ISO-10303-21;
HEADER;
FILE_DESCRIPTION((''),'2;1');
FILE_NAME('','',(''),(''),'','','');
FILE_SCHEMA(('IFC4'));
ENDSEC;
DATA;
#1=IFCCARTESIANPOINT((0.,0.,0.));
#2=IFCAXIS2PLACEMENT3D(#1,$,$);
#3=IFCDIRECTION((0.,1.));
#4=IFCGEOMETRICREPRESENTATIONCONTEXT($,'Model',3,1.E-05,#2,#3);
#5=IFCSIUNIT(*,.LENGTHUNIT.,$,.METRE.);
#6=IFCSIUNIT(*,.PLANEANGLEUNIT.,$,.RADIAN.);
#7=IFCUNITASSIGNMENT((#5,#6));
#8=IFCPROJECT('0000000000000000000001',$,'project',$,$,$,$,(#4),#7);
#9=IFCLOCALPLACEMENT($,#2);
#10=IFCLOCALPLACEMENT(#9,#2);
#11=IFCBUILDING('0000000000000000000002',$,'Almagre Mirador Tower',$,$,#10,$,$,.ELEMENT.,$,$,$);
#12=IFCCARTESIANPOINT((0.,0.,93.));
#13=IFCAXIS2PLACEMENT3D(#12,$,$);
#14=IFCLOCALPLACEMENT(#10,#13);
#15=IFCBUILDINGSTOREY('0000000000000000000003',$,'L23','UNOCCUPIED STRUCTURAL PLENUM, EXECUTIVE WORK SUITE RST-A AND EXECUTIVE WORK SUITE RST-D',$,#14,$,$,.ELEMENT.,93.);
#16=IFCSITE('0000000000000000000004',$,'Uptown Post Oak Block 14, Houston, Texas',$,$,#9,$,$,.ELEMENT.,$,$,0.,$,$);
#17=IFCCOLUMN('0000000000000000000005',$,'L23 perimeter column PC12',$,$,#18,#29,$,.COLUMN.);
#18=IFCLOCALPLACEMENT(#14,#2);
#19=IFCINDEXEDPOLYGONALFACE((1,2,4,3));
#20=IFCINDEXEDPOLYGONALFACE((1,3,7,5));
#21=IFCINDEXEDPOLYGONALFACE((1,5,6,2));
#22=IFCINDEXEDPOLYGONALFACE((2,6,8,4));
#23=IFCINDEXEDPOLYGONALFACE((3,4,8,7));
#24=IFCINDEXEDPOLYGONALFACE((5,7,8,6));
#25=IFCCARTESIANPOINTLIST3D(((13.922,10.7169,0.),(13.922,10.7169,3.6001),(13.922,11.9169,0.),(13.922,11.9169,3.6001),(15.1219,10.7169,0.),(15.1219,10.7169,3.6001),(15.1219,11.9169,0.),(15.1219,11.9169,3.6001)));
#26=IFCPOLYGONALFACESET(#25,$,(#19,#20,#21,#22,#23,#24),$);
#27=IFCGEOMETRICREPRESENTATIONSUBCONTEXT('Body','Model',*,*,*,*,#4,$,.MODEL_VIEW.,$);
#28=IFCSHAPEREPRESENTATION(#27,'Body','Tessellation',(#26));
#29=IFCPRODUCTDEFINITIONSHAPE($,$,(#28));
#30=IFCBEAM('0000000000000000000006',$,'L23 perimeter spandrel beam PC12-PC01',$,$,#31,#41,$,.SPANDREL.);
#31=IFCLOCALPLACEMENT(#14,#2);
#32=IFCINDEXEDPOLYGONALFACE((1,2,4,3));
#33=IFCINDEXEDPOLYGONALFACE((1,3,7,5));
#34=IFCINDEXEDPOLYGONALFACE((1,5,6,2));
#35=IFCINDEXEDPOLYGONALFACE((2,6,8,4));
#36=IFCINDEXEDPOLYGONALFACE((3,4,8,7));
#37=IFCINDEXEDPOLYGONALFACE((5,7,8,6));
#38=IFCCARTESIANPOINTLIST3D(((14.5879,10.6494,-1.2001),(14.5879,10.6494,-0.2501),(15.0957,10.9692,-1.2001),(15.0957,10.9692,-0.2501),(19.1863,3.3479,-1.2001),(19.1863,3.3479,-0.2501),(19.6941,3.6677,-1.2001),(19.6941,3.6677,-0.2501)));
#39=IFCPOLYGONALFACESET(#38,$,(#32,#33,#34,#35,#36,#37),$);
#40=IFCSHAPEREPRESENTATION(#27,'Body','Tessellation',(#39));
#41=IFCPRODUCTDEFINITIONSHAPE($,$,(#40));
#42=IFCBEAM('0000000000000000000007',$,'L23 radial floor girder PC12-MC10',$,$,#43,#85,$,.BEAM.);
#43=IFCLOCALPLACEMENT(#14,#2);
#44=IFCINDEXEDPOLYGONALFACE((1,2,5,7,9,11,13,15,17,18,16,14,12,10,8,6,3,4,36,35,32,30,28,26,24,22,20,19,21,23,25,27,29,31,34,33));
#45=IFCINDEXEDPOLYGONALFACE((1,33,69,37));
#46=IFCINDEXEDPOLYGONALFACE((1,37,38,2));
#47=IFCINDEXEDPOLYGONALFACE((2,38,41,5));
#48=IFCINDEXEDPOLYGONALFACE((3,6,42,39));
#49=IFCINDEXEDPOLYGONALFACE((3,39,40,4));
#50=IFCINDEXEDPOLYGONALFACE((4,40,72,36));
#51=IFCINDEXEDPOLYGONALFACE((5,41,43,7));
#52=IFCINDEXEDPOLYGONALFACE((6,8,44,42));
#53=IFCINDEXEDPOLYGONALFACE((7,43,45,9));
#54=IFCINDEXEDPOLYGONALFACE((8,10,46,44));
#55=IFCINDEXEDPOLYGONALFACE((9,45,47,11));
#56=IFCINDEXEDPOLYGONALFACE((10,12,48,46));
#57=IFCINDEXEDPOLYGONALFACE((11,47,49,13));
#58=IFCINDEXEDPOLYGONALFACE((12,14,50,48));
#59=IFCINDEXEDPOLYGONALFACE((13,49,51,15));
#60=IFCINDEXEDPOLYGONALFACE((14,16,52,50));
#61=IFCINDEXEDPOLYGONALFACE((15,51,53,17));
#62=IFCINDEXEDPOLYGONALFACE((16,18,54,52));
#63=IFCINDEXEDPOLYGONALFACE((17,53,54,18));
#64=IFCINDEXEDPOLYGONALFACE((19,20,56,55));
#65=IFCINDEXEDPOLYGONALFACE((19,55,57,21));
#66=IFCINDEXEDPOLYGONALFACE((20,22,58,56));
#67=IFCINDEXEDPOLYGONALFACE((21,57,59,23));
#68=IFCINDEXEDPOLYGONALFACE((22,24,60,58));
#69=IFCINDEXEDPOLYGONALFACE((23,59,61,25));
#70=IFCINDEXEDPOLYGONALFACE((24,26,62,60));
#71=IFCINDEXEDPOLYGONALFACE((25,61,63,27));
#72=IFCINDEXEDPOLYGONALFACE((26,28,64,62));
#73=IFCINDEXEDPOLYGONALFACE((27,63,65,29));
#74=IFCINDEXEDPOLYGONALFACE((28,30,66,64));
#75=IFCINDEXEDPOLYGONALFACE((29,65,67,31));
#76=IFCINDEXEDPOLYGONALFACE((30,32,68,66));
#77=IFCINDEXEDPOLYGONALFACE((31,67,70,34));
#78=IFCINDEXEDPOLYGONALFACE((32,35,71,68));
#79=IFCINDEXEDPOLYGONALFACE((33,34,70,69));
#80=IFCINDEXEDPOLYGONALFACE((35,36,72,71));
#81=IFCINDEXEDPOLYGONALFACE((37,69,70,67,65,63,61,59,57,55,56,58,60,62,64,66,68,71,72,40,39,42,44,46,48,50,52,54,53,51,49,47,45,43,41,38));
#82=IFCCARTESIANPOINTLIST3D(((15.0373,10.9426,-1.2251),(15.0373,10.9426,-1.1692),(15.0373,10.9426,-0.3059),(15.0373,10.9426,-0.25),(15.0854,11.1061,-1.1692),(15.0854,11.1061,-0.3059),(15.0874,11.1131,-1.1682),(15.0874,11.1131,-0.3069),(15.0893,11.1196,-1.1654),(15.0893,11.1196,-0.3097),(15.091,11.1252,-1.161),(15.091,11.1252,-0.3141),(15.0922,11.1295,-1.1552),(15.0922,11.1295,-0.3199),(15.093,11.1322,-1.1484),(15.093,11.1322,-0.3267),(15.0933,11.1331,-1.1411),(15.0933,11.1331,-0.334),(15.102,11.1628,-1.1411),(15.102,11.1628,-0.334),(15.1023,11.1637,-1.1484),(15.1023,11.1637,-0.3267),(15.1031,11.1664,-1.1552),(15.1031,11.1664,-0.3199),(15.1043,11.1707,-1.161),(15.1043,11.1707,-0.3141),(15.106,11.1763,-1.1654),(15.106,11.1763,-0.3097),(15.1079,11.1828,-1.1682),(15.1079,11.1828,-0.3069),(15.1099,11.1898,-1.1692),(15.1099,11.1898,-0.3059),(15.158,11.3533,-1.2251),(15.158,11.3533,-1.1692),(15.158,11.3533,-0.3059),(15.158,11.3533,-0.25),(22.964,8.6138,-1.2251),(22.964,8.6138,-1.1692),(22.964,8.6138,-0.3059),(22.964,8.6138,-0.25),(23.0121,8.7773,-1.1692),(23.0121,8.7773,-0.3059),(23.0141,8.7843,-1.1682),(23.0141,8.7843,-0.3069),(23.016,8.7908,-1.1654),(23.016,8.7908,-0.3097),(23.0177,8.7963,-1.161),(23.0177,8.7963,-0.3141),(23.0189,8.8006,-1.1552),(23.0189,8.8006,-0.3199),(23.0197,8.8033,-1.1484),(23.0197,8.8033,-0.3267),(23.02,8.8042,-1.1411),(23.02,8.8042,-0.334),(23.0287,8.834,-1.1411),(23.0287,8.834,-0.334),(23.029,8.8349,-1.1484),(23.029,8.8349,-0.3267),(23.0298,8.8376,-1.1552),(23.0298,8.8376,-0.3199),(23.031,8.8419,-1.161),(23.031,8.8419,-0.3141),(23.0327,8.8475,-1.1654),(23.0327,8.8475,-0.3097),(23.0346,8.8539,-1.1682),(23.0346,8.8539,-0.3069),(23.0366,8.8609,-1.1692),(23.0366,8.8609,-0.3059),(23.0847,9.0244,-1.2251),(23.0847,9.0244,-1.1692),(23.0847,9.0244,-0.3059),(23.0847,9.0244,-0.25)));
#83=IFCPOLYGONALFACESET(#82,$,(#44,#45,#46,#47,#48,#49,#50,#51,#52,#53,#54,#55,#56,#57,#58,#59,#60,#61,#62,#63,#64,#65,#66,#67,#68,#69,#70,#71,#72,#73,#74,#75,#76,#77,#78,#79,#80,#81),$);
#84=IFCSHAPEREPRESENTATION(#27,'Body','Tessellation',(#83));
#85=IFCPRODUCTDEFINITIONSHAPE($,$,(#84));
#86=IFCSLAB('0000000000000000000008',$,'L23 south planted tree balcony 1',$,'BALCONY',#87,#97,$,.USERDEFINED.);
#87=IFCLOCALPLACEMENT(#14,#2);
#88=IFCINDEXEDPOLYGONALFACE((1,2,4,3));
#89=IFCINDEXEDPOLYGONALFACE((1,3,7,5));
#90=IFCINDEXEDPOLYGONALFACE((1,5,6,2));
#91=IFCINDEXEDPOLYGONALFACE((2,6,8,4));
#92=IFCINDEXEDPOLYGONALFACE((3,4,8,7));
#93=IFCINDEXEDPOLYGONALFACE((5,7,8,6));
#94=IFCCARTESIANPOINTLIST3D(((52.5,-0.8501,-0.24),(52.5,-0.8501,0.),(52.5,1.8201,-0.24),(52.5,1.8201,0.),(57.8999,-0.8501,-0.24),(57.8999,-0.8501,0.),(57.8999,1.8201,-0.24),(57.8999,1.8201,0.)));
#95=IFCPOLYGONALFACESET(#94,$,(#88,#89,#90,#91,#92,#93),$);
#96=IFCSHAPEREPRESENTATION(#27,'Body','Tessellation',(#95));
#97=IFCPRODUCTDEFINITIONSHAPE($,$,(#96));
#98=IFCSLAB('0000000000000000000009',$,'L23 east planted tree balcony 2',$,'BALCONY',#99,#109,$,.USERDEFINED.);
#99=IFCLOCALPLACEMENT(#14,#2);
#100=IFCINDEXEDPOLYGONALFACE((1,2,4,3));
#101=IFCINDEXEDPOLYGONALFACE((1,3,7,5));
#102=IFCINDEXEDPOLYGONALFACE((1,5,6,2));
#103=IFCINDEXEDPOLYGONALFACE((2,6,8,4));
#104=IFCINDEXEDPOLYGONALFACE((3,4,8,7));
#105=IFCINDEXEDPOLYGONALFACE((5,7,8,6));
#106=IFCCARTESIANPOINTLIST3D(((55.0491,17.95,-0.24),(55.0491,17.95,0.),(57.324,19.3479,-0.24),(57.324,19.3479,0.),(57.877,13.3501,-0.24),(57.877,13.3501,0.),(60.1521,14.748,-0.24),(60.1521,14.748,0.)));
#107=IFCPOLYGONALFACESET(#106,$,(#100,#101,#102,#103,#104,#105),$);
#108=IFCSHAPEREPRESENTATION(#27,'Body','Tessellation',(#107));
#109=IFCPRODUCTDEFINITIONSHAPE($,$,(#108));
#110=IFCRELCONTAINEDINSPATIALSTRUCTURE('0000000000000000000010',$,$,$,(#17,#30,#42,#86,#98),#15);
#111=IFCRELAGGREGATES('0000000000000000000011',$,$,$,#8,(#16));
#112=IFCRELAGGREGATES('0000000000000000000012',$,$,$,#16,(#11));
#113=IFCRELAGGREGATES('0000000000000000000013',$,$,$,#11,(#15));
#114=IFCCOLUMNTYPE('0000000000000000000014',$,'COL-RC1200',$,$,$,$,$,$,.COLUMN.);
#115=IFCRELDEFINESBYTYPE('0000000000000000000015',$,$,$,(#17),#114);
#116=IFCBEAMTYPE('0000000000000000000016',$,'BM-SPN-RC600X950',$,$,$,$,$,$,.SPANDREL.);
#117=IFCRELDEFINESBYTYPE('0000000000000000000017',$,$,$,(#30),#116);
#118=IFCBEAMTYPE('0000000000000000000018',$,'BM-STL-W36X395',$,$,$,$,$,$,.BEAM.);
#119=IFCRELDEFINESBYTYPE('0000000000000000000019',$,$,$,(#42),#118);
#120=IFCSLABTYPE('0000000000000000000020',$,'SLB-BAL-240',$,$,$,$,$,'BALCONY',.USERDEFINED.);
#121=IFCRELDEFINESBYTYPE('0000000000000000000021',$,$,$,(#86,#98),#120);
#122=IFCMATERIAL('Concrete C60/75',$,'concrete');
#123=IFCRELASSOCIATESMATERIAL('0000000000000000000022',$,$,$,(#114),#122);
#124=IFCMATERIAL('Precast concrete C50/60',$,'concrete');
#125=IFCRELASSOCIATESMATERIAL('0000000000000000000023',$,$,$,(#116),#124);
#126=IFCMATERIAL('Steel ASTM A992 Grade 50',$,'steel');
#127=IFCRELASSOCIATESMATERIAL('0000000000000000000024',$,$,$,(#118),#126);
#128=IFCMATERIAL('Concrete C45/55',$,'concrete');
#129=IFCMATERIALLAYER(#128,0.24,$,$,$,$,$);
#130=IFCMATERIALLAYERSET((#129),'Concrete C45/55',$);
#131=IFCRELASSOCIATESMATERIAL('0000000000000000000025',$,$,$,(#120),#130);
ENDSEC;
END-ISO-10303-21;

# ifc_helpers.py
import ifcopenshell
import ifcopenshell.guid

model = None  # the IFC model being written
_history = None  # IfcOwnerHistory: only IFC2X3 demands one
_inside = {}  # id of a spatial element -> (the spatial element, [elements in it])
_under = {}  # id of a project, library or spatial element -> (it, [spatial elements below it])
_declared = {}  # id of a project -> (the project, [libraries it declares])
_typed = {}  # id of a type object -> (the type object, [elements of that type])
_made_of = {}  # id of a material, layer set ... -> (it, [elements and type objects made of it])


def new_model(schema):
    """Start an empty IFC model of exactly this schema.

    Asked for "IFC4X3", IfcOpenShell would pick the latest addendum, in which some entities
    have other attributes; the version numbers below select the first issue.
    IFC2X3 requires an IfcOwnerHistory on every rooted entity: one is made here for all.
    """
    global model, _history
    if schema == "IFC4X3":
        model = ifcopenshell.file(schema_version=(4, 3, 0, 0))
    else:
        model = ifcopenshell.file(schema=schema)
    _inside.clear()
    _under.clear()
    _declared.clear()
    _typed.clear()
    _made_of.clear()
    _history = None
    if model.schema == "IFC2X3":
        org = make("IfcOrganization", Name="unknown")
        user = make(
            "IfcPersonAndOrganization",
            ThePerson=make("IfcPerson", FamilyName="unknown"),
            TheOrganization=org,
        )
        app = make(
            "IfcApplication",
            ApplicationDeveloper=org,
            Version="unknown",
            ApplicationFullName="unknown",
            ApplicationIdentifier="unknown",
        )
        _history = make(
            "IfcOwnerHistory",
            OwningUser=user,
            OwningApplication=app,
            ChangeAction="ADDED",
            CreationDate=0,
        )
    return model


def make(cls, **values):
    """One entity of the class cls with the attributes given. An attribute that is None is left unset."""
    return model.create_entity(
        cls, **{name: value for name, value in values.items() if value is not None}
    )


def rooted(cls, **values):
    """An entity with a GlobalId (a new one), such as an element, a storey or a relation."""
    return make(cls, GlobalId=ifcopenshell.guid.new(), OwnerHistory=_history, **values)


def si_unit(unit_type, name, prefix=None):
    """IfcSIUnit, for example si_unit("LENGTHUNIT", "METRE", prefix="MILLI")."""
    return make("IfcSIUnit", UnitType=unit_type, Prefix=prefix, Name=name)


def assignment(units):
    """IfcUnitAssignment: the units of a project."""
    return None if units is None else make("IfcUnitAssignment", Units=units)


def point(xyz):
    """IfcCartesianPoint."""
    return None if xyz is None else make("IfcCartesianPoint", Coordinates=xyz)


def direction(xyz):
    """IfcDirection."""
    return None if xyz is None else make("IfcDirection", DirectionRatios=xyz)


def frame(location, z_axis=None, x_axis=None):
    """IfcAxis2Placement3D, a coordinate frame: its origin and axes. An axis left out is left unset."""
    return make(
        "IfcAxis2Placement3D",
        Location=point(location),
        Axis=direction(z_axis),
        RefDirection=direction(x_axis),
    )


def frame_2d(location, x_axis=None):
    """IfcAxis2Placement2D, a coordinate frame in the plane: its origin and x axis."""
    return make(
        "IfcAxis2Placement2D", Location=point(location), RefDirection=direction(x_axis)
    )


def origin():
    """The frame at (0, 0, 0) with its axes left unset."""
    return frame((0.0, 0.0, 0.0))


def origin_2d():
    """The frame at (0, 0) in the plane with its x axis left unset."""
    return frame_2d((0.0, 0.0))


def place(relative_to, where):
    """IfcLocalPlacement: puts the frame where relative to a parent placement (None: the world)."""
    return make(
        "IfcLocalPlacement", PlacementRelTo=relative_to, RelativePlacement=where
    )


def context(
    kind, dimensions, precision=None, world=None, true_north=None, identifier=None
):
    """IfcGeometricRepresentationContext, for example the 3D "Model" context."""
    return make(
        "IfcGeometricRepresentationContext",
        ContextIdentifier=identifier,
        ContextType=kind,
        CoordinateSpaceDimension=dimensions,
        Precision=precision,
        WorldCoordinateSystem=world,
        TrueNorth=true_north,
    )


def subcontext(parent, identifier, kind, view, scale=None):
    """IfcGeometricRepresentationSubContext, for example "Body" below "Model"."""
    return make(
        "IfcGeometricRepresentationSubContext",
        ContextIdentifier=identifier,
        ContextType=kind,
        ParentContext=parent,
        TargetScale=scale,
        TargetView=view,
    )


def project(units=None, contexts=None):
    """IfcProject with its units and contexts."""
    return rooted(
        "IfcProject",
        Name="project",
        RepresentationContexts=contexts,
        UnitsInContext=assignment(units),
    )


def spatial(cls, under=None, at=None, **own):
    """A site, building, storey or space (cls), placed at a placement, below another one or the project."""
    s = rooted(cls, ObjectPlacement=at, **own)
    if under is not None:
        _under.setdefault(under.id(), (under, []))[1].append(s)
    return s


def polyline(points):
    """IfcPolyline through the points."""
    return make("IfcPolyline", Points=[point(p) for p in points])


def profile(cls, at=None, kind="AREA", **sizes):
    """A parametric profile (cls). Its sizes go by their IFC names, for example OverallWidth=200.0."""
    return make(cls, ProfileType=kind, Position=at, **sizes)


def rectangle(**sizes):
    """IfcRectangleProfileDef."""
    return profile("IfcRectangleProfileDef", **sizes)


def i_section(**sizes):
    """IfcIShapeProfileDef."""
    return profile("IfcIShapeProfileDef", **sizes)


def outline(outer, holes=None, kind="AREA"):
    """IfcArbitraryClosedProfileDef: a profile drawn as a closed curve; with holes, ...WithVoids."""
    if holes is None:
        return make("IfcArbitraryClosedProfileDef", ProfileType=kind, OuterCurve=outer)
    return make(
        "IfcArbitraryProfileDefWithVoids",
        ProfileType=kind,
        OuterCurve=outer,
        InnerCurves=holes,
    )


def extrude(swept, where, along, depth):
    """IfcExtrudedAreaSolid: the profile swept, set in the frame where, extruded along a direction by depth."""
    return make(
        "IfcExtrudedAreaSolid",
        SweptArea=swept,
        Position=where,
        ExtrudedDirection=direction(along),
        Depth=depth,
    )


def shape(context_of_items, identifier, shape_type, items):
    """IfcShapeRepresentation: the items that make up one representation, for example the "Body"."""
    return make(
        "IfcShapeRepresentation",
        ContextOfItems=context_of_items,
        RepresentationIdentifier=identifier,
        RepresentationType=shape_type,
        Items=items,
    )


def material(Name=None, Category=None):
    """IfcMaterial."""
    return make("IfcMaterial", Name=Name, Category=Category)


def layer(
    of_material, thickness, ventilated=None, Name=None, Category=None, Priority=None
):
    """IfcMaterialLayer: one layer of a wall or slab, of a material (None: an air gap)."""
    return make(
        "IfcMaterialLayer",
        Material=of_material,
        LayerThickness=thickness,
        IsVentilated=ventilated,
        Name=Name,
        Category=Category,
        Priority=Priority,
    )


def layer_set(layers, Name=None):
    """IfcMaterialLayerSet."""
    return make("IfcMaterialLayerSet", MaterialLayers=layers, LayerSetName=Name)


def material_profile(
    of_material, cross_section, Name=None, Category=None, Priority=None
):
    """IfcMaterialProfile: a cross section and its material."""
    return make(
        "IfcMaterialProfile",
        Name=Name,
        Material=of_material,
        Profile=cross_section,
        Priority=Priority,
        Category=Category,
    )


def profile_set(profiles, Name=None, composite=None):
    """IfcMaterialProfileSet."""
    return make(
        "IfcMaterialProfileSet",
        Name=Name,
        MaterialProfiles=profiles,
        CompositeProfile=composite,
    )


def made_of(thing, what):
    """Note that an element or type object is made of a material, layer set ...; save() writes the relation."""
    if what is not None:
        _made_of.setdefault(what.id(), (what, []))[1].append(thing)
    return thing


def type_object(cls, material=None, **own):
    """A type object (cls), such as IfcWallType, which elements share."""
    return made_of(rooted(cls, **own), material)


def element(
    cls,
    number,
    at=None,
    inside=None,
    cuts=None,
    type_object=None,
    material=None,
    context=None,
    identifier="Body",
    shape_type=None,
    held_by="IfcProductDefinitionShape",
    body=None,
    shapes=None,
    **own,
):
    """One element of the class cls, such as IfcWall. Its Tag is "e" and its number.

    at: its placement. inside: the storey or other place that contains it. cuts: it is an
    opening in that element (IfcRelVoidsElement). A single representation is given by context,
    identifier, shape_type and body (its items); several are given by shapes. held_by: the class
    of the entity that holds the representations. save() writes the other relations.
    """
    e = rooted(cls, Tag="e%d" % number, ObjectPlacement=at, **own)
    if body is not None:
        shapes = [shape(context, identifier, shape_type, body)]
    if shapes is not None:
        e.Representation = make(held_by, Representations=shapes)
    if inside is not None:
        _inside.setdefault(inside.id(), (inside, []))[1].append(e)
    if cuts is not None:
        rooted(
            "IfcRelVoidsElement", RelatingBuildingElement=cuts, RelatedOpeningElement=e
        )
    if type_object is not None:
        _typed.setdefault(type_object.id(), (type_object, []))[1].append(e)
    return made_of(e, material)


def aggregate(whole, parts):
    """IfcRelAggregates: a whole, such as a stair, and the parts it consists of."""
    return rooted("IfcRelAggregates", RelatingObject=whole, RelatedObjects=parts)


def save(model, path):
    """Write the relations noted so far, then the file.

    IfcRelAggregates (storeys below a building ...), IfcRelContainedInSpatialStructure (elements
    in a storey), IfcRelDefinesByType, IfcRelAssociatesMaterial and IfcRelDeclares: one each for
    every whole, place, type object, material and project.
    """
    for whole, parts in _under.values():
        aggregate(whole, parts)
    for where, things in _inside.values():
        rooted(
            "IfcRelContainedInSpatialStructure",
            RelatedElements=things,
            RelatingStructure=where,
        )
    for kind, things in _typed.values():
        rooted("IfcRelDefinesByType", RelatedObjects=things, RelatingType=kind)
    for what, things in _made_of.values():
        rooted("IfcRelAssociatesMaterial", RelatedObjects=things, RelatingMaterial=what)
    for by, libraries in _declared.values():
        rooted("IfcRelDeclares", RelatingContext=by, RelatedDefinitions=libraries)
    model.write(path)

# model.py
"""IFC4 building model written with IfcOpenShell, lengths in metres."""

from ifc_helpers import new_model, si_unit, direction, frame, origin, origin_2d, place, context, subcontext, project, spatial, polyline, rectangle, i_section, outline, extrude, material, layer, layer_set, material_profile, profile_set, type_object, element, save


model = new_model("IFC4")

# Units and contexts
model_context = context("Model", 3, precision=1e-05, world=origin(), true_north=direction((0.0, 1.0)))
body_context = subcontext(model_context, "Body", "Model", "MODEL_VIEW")
ifc_project = project(units=[si_unit("LENGTHUNIT", "METRE"), si_unit("PLANEANGLEUNIT", "RADIAN")], contexts=[model_context])

# Site, building, storey
site_placement = place(None, origin())
site = spatial("IfcSite", under=ifc_project, at=site_placement, Name="Uptown Post Oak Block 14, Houston, Texas", CompositionType="ELEMENT", RefElevation=0.0)
building_placement = place(site_placement, origin())
building = spatial("IfcBuilding", under=site, at=building_placement, Name="Almagre Mirador Tower", CompositionType="ELEMENT")
storey_placement = place(building_placement, frame((0.0, 0.0, 93.0)))
storey = spatial("IfcBuildingStorey", under=building, at=storey_placement, Name="L23", Description="UNOCCUPIED STRUCTURAL PLENUM, EXECUTIVE WORK SUITE RST-A AND EXECUTIVE WORK SUITE RST-D", CompositionType="ELEMENT", Elevation=93.0)

# Column
ifc_material_1 = material(Name="Concrete C60/75", Category="concrete")
ifc_material_profile_1 = material_profile(ifc_material_1, rectangle(XDim=1.2, YDim=1.2, at=origin_2d()), Name="RC1200X1200")
ifc_profile_set_1 = profile_set([ifc_material_profile_1], Name="Concrete C60/75")
column_type = type_object("IfcColumnType", Name="COL-RC1200", PredefinedType="COLUMN", material=ifc_profile_set_1)
column_placement = place(storey_placement, frame((14.522, 11.3169, 0.0), z_axis=(0.0, 0.0, 1.0), x_axis=(1.0, 0.0, 0.0)))
element("IfcColumn", 1, at=column_placement, inside=storey, type_object=column_type, Name="L23 perimeter column PC12", PredefinedType="COLUMN", context=body_context, shape_type="SweptSolid", body=[
    extrude(rectangle(XDim=1.2, YDim=1.2, at=origin_2d()), origin(), (0.0, 0.0, 1.0), 3.6001),
])

# Beams
ifc_material_2 = material(Name="Precast concrete C50/60", Category="concrete")
ifc_material_profile_2 = material_profile(ifc_material_2, rectangle(XDim=0.6001, YDim=0.95, at=origin_2d()), Name="RC600X950")
ifc_profile_set_2 = profile_set([ifc_material_profile_2], Name="Precast concrete C50/60")
beam_type_1 = type_object("IfcBeamType", Name="BM-SPN-RC600X950", PredefinedType="SPANDREL", material=ifc_profile_set_2)
beam_1_placement = place(storey_placement, frame((14.8418, 10.8093, -0.7251), z_axis=(0.532908, -0.846173, 0.0), x_axis=(0.846173, 0.532908, 0.0)))
element("IfcBeam", 2, at=beam_1_placement, inside=storey, type_object=beam_type_1, Name="L23 perimeter spandrel beam PC12-PC01", PredefinedType="SPANDREL", context=body_context, shape_type="SweptSolid", body=[
    extrude(rectangle(XDim=0.6001, YDim=0.95, at=origin_2d()), origin(), (0.0, 0.0, 1.0), 8.6289),
])
ifc_material_3 = material(Name="Steel ASTM A992 Grade 50", Category="steel")
ifc_material_profile_3 = material_profile(ifc_material_3, i_section(OverallWidth=0.428, OverallDepth=0.9751, WebThickness=0.031, FlangeThickness=0.0559, FilletRadius=0.0281, at=origin_2d()), Name="W36X395")
ifc_profile_set_3 = profile_set([ifc_material_profile_3], Name="Steel ASTM A992 Grade 50")
beam_type_2 = type_object("IfcBeamType", Name="BM-STL-W36X395", PredefinedType="BEAM", material=ifc_profile_set_3)
beam_2_placement = place(storey_placement, frame((15.0977, 11.1479, -0.7375), z_axis=(0.959449, -0.281883, 0.0), x_axis=(0.281883, 0.959449, 0.0)))
element("IfcBeam", 3, at=beam_2_placement, inside=storey, type_object=beam_type_2, Name="L23 radial floor girder PC12-MC10", PredefinedType="BEAM", context=body_context, shape_type="SweptSolid", body=[
    extrude(i_section(OverallWidth=0.428, OverallDepth=0.9751, WebThickness=0.031, FlangeThickness=0.0559, FilletRadius=0.0281, at=origin_2d()), origin(), (0.0, 0.0, 1.0), 8.2617),
])

# Slabs
ifc_material_4 = material(Name="Concrete C45/55", Category="concrete")
ifc_layer_1 = layer(ifc_material_4, 0.24)
ifc_layer_set_1 = layer_set([ifc_layer_1], Name="Concrete C45/55")
slab_type_1 = type_object("IfcSlabType", Name="SLB-BAL-240", ElementType="BALCONY", PredefinedType="USERDEFINED", material=ifc_layer_set_1)
slab_1_placement = place(storey_placement, frame((0.0, 0.0, -0.24)))
element("IfcSlab", 4, at=slab_1_placement, inside=storey, type_object=slab_type_1, Name="L23 south planted tree balcony 1", ObjectType="BALCONY", PredefinedType="USERDEFINED", context=body_context, shape_type="SweptSolid", body=[
    extrude(outline(polyline([(52.5, 1.8201), (57.8999, 1.8201), (57.8999, -0.8501), (52.5, -0.8501), (52.5, 1.8201)])), origin(), (0.0, 0.0, 1.0), 0.24),
])
slab_2_placement = place(storey_placement, frame((0.0, 0.0, -0.24)))
element("IfcSlab", 5, at=slab_2_placement, inside=storey, type_object=slab_type_1, Name="L23 east planted tree balcony 2", ObjectType="BALCONY", PredefinedType="USERDEFINED", context=body_context, shape_type="SweptSolid", body=[
    extrude(outline(polyline([(57.877, 13.3501), (55.0491, 17.95), (57.324, 19.3479), (60.1521, 14.748), (57.877, 13.3501)])), origin(), (0.0, 0.0, 1.0), 0.24),
])

save(model, "model.ifc")
